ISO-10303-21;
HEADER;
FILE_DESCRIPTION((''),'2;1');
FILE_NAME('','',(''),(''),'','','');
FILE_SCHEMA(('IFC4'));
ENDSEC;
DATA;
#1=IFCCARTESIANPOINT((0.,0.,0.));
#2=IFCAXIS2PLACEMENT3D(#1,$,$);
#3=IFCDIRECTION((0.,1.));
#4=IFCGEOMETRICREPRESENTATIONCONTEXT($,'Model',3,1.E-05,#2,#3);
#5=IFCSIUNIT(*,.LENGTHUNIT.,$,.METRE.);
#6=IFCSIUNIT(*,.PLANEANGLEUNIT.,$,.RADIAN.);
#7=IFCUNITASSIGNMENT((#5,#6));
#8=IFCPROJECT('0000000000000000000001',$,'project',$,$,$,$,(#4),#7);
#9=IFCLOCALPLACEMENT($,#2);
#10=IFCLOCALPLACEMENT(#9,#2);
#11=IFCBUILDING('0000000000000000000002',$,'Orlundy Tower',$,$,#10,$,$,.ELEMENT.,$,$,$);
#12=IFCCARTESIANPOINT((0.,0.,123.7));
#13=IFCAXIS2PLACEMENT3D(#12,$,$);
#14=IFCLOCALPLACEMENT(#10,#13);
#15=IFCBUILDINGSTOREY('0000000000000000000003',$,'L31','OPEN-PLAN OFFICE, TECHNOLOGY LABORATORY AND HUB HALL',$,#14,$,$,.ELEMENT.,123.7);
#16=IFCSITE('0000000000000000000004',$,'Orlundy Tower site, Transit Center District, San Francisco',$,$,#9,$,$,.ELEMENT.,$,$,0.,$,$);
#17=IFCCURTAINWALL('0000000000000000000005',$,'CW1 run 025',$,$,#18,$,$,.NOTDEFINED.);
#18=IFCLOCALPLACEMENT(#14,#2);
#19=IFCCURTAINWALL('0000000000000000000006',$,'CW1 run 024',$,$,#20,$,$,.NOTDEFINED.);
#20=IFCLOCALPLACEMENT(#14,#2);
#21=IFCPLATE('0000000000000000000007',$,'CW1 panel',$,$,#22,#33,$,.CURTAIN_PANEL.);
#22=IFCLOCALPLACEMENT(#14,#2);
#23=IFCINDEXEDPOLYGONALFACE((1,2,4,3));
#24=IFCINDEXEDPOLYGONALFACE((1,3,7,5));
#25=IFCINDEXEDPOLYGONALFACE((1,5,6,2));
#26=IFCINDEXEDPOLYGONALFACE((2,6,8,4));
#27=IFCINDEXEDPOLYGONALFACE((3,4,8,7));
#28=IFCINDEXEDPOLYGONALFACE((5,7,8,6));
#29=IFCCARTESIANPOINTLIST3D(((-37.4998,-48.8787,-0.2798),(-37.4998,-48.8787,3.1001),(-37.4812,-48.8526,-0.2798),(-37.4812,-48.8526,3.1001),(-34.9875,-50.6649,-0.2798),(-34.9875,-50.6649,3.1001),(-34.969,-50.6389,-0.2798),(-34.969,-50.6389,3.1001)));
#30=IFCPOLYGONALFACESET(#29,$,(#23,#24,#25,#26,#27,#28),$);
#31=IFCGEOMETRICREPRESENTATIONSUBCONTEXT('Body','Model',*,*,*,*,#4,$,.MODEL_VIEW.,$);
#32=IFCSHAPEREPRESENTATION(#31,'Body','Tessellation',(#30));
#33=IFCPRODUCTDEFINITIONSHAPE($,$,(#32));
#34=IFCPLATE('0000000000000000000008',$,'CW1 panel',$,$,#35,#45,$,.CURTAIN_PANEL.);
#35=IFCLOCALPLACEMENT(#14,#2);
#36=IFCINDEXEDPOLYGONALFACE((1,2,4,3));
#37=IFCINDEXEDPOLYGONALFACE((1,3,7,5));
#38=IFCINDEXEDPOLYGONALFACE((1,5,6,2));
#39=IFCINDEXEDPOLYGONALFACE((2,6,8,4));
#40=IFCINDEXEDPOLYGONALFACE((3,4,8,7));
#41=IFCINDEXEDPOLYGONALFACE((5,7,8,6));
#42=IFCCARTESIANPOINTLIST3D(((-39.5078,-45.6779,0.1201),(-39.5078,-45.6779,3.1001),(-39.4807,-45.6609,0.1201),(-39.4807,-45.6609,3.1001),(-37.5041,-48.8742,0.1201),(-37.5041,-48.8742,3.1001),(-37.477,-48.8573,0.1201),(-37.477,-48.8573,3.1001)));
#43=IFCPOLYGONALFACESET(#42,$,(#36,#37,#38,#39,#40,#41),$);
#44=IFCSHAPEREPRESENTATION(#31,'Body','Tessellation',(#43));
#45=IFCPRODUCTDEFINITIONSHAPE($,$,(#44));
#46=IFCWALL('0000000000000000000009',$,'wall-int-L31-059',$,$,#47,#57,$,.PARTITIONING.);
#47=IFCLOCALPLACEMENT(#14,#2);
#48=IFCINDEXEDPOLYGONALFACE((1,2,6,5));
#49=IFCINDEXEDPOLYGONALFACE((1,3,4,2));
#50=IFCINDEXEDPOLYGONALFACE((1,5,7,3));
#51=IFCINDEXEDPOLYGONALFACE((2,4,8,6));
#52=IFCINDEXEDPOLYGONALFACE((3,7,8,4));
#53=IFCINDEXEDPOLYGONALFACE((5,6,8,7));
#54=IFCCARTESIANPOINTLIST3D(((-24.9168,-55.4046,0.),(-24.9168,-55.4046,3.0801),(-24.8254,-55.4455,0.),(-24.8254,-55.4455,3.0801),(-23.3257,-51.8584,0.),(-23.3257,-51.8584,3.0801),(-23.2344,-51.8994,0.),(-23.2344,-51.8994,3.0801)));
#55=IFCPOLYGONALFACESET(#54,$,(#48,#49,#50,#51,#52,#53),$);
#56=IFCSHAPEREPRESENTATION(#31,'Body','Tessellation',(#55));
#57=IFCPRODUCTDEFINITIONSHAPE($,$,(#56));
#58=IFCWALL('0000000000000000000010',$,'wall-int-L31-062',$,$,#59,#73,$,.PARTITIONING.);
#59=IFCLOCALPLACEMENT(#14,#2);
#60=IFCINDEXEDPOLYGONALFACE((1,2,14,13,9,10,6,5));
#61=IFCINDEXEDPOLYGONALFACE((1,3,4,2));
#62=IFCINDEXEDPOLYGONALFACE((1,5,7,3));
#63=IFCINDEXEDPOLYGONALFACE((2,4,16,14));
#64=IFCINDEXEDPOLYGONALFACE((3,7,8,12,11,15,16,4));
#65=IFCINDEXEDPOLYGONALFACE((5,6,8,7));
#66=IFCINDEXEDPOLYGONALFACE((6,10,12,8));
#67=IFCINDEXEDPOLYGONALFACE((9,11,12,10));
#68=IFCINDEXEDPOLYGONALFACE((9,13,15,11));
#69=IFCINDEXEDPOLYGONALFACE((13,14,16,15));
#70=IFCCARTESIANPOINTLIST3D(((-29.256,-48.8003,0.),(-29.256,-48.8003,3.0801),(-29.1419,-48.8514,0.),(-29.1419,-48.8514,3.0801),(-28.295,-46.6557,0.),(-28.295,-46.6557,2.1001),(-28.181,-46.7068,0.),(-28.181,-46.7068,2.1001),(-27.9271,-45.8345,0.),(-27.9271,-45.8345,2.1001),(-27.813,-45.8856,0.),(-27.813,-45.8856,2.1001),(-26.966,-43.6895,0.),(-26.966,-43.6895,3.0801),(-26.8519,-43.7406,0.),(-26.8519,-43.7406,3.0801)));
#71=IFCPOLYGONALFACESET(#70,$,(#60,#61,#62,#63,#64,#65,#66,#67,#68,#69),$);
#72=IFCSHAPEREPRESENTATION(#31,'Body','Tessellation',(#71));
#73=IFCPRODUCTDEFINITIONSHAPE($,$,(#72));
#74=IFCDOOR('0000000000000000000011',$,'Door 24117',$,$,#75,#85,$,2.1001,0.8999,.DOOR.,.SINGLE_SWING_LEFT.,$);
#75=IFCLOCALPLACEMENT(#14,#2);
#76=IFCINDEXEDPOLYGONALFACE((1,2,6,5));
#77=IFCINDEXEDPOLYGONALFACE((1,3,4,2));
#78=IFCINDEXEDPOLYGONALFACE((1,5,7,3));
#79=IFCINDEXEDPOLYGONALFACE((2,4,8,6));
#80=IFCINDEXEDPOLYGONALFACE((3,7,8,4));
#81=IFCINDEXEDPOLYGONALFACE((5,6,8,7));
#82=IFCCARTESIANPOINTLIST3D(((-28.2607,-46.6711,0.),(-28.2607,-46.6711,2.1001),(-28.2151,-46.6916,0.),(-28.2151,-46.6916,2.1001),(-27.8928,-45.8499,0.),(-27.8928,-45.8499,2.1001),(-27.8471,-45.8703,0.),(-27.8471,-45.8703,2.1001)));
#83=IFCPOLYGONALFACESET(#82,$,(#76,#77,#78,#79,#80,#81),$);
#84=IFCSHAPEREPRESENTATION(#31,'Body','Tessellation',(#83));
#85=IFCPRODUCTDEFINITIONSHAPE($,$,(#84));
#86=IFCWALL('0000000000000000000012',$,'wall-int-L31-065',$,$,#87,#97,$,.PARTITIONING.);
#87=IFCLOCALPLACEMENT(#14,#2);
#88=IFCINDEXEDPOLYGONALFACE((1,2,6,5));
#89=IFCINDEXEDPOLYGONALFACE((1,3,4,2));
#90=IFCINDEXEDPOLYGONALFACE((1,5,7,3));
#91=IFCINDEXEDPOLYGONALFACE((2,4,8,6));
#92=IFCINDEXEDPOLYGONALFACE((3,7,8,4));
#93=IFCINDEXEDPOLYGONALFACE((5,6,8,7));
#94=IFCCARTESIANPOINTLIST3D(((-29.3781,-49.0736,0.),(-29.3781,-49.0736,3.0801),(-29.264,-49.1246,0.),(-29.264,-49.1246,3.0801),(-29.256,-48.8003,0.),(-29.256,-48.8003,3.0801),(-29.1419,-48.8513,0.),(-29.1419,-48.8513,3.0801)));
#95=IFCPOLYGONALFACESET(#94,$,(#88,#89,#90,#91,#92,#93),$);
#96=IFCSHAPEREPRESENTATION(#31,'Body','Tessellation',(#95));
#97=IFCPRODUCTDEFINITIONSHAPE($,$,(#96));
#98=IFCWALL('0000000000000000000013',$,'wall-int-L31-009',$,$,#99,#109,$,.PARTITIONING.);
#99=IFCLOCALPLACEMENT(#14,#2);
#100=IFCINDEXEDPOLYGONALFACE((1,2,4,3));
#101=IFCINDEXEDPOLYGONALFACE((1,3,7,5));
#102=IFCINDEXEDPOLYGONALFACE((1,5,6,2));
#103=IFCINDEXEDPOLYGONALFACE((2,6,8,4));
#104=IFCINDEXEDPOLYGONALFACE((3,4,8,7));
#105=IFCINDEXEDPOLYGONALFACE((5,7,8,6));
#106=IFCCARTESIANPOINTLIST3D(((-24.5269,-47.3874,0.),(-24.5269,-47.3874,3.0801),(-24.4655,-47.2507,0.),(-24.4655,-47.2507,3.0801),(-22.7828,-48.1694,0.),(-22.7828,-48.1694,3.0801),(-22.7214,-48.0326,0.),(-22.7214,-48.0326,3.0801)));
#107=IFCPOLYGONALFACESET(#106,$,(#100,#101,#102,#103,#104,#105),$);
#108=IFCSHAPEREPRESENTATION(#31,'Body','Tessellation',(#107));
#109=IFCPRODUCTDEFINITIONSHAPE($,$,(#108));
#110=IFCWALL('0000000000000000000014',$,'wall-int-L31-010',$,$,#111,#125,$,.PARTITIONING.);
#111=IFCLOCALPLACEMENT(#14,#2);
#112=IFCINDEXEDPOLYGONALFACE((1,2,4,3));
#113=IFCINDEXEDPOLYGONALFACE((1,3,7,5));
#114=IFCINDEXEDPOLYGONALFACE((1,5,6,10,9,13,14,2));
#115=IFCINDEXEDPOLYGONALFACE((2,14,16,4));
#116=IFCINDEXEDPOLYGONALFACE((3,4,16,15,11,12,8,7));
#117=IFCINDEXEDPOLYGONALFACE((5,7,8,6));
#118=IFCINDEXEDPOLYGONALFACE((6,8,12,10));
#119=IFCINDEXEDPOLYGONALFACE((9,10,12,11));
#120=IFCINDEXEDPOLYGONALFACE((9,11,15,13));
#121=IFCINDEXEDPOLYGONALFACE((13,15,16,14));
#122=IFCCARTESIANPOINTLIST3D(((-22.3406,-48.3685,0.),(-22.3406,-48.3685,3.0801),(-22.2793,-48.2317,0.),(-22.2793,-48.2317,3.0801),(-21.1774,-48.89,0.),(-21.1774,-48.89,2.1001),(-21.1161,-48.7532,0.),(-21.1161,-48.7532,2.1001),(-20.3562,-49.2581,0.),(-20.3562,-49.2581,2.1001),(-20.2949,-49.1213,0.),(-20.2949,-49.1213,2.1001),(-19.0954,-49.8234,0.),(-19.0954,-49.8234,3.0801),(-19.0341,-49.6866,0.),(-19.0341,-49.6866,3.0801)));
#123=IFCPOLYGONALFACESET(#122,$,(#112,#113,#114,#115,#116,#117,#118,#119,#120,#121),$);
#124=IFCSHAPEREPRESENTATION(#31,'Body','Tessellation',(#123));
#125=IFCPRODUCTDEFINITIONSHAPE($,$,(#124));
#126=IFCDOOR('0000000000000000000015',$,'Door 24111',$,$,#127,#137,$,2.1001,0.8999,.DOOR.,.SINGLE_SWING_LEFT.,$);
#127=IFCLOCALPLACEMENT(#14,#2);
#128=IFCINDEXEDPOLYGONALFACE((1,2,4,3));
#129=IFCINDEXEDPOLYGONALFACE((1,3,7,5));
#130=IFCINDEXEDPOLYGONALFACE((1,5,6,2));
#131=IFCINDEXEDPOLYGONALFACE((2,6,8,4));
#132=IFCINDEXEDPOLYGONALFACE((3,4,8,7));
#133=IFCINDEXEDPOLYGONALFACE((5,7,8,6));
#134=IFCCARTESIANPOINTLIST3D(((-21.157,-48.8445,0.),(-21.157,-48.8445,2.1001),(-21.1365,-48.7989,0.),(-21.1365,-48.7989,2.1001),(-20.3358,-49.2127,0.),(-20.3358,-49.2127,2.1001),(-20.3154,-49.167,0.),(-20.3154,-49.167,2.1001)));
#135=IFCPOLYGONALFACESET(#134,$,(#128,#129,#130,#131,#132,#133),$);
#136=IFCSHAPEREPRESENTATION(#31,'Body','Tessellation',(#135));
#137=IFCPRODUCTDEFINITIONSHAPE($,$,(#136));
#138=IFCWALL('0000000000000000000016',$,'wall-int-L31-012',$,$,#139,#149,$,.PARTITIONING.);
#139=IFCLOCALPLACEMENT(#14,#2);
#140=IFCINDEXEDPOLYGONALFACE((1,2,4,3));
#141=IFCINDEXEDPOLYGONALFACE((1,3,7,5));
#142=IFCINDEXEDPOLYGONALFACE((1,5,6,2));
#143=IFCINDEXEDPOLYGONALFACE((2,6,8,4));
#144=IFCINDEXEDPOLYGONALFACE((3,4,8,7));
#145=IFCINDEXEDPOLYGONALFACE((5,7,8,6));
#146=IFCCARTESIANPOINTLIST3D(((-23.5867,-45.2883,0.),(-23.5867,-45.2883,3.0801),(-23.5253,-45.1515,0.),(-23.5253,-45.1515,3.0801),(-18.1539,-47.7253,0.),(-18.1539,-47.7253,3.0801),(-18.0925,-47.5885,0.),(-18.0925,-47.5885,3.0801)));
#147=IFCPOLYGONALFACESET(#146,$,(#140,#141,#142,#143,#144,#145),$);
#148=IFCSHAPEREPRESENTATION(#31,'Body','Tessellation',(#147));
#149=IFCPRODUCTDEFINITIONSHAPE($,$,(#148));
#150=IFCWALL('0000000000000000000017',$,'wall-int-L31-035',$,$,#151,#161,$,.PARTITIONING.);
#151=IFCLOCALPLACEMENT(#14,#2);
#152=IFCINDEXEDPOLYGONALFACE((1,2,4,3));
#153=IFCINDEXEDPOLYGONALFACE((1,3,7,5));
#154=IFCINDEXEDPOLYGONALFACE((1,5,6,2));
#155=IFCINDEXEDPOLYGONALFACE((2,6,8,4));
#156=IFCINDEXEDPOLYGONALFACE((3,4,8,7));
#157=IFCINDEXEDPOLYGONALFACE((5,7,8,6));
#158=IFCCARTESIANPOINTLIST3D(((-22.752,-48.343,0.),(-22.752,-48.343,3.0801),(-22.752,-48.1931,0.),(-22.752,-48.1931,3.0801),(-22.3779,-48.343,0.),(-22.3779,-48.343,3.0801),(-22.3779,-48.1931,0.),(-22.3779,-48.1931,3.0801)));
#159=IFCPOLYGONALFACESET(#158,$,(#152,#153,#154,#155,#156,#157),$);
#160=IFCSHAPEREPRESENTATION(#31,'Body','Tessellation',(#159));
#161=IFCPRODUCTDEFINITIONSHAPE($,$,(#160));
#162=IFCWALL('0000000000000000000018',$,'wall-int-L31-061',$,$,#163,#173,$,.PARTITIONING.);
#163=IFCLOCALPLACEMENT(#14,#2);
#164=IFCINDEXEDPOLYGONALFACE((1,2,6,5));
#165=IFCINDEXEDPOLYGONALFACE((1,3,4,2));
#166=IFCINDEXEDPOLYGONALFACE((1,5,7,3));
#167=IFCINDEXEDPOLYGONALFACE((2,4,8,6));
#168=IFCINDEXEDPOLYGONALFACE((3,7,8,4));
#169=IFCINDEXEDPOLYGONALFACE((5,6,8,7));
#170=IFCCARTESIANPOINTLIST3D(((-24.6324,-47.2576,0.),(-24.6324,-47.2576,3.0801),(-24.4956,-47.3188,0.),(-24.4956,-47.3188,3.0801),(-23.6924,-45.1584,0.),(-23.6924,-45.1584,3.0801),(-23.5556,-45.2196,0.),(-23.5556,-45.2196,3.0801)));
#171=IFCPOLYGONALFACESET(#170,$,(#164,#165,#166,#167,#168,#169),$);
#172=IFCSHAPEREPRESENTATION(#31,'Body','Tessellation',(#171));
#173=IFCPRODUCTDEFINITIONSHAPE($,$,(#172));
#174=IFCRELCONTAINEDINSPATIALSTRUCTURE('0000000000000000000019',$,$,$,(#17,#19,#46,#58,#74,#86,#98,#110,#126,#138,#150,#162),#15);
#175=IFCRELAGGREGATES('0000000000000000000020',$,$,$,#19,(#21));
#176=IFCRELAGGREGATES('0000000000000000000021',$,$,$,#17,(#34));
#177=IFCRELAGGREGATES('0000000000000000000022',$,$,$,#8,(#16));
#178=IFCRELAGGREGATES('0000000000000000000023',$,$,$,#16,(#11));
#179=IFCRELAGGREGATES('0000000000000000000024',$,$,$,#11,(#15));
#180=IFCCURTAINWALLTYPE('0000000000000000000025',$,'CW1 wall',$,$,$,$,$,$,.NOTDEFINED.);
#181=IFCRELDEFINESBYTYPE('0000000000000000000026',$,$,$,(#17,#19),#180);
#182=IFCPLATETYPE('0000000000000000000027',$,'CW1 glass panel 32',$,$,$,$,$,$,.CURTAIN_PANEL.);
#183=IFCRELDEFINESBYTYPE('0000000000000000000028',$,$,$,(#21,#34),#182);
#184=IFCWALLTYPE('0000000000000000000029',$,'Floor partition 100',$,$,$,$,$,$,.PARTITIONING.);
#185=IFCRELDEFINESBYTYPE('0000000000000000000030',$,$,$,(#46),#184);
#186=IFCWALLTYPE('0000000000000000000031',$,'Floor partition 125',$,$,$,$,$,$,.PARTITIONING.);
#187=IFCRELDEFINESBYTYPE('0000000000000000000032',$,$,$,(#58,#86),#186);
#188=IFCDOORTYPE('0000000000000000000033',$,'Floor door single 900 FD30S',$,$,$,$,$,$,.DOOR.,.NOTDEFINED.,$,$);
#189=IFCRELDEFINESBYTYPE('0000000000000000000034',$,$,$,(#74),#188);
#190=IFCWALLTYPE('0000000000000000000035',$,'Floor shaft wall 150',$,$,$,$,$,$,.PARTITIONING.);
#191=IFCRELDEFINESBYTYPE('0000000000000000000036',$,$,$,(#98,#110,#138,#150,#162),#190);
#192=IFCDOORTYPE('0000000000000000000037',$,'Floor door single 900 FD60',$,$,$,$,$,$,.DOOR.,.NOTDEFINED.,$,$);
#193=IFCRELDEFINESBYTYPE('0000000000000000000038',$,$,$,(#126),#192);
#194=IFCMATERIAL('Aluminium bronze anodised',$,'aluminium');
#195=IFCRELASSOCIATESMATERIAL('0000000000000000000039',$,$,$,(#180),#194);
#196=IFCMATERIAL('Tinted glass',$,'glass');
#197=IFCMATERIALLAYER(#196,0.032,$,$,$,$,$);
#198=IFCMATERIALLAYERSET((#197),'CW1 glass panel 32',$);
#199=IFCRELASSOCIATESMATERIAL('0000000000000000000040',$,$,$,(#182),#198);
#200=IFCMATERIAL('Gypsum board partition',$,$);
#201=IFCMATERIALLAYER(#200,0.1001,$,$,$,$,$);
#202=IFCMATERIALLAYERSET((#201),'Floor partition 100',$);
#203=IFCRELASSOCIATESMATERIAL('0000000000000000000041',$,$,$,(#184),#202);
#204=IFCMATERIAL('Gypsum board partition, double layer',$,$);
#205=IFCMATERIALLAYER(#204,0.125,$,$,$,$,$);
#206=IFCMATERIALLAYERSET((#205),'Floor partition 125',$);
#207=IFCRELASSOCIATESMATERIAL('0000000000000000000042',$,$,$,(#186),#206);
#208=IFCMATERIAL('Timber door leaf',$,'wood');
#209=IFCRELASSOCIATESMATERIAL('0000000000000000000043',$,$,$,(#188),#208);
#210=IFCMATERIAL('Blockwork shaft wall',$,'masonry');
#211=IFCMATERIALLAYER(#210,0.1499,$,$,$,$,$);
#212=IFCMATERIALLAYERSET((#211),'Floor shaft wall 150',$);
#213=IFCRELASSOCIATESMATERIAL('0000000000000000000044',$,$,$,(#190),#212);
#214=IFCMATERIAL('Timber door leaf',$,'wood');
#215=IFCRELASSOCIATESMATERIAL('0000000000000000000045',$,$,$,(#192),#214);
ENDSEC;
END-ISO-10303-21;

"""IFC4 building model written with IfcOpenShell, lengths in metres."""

from ifc_helpers import new_model, si_unit, direction, frame, frame_2d, origin, origin_2d, place, context, subcontext, project, spatial, rectangle, extrude, material, layer, layer_set, type_object, element, fill, aggregate, save


model = new_model("IFC4")

# Units and contexts
model_context = context("Model", 3, precision=1e-05, world=origin(), true_north=direction((0.0, 1.0)))
body_context = subcontext(model_context, "Body", "Model", "MODEL_VIEW")
ifc_project = project(units=[si_unit("LENGTHUNIT", "METRE"), si_unit("PLANEANGLEUNIT", "RADIAN")], contexts=[model_context])

# Site, building, storey
site_placement = place(None, origin())
site = spatial("IfcSite", under=ifc_project, at=site_placement, Name="Orlundy Tower site, Transit Center District, San Francisco", CompositionType="ELEMENT", RefElevation=0.0)
building_placement = place(site_placement, origin())
building = spatial("IfcBuilding", under=site, at=building_placement, Name="Orlundy Tower", CompositionType="ELEMENT")
storey_placement = place(building_placement, frame((0.0, 0.0, 123.7)))
storey = spatial("IfcBuildingStorey", under=building, at=storey_placement, Name="L31", Description="OPEN-PLAN OFFICE, TECHNOLOGY LABORATORY AND HUB HALL", CompositionType="ELEMENT", Elevation=123.7)

# Curtain wall
ifc_material_1 = material(Name="Aluminium bronze anodised", Category="aluminium")
curtain_wall_type = type_object("IfcCurtainWallType", Name="CW1 wall", PredefinedType="NOTDEFINED", material=ifc_material_1)
curtain_wall_1_placement = place(storey_placement, origin())
curtain_wall_1 = element("IfcCurtainWall", 1, at=curtain_wall_1_placement, inside=storey, type_object=curtain_wall_type, Name="CW1 run 025", PredefinedType="NOTDEFINED")

# Curtain wall
curtain_wall_2_placement = place(storey_placement, origin())
curtain_wall_2 = element("IfcCurtainWall", 2, at=curtain_wall_2_placement, inside=storey, type_object=curtain_wall_type, Name="CW1 run 024", PredefinedType="NOTDEFINED")

# Plates
ifc_material_2 = material(Name="Tinted glass", Category="glass")
ifc_layer_1 = layer(ifc_material_2, 0.032)
ifc_layer_set_1 = layer_set([ifc_layer_1], Name="CW1 glass panel 32")
plate_type = type_object("IfcPlateType", Name="CW1 glass panel 32", PredefinedType="CURTAIN_PANEL", material=ifc_layer_set_1)
plate_1_placement = place(storey_placement, frame((-36.2344, -49.7588, -0.2798), z_axis=(0.0, 0.0, 1.0), x_axis=(-0.814989, 0.579476, 0.0)))
plate_1 = element("IfcPlate", 3, at=plate_1_placement, type_object=plate_type, Name="CW1 panel", PredefinedType="CURTAIN_PANEL", context=body_context, shape_type="SweptSolid", body=[
    extrude(rectangle(XDim=3.0825, YDim=0.032, at=origin_2d()), origin(), (0.0, 0.0, 1.0), 3.3799),
])
aggregate(curtain_wall_2, [plate_1])
plate_2_placement = place(storey_placement, frame((-38.4924, -47.2676, 0.1201), z_axis=(0.0, 0.0, 1.0), x_axis=(-0.531138, 0.847285, 0.0)))
plate_2 = element("IfcPlate", 4, at=plate_2_placement, type_object=plate_type, Name="CW1 panel", PredefinedType="CURTAIN_PANEL", context=body_context, shape_type="SweptSolid", body=[
    extrude(rectangle(XDim=3.7725, YDim=0.032, at=origin_2d()), origin(), (0.0, 0.0, 1.0), 2.98),
])
aggregate(curtain_wall_1, [plate_2])

# Wall
ifc_material_3 = material(Name="Gypsum board partition")
ifc_layer_2 = layer(ifc_material_3, 0.1001)
ifc_layer_set_2 = layer_set([ifc_layer_2], Name="Floor partition 100")
wall_type_1 = type_object("IfcWallType", Name="Floor partition 100", PredefinedType="PARTITIONING", material=ifc_layer_set_2)
wall_1_placement = place(storey_placement, frame((-24.8711, -55.425, 0.0), z_axis=(0.0, 0.0, 1.0), x_axis=(0.409359, 0.912373, 0.0)))
element("IfcWall", 5, at=wall_1_placement, inside=storey, type_object=wall_type_1, Name="wall-int-L31-059", PredefinedType="PARTITIONING", context=body_context, shape_type="SweptSolid", body=[
    extrude(rectangle(XDim=3.8867, YDim=0.1001, at=frame_2d((1.9434, 0.0))), origin(), (0.0, 0.0, 1.0), 3.0801),
])

# Wall, opening, door
ifc_material_4 = material(Name="Gypsum board partition, double layer")
ifc_layer_3 = layer(ifc_material_4, 0.125)
ifc_layer_set_3 = layer_set([ifc_layer_3], Name="Floor partition 125")
wall_type_2 = type_object("IfcWallType", Name="Floor partition 125", PredefinedType="PARTITIONING", material=ifc_layer_set_3)
wall_2_placement = place(storey_placement, frame((-29.199, -48.8259, 0.0), z_axis=(0.0, 0.0, 1.0), x_axis=(0.408903, 0.912578, 0.0)))
wall_2 = element("IfcWall", 6, at=wall_2_placement, inside=storey, type_object=wall_type_2, Name="wall-int-L31-062", PredefinedType="PARTITIONING", context=body_context, shape_type="SweptSolid", body=[
    extrude(rectangle(XDim=5.6003, YDim=0.125, at=frame_2d((2.8003, 0.0))), origin(), (0.0, 0.0, 1.0), 3.0801),
])
opening_1_placement = place(wall_2_placement, frame((2.3501, 0.0, 0.0)))
opening_1 = element("IfcOpeningElement", 7, at=opening_1_placement, cuts=wall_2, PredefinedType="OPENING", context=body_context, shape_type="SweptSolid", body=[
    extrude(rectangle(XDim=0.8999, YDim=2.1001, at=frame_2d((0.45, 1.05))), frame((0.0, 0.0725, 0.0), z_axis=(0.0, -1.0, 0.0), x_axis=(1.0, 0.0, 0.0)), (0.0, 0.0, 1.0), 0.145),
])
ifc_material_5 = material(Name="Timber door leaf", Category="wood")
door_type_1 = type_object("IfcDoorType", Name="Floor door single 900 FD30S", OperationType="NOTDEFINED", PredefinedType="DOOR", material=ifc_material_5)
door_1_placement = place(opening_1_placement, origin())
door_1 = element("IfcDoor", 8, at=door_1_placement, inside=storey, type_object=door_type_1, Name="Door 24117", OperationType="SINGLE_SWING_LEFT", OverallHeight=2.1001, OverallWidth=0.8999, PredefinedType="DOOR", context=body_context, shape_type="SweptSolid", body=[
    extrude(rectangle(XDim=0.8999, YDim=2.1001, at=frame_2d((0.45, 1.05))), frame((0.0, 0.0249, 0.0), z_axis=(0.0, -1.0, 0.0), x_axis=(1.0, 0.0, 0.0)), (0.0, 0.0, 1.0), 0.05),
])
fill(opening_1, door_1)

# Walls
wall_3_placement = place(storey_placement, frame((-29.321, -49.0991, 0.0), z_axis=(0.0, 0.0, 1.0), x_axis=(0.407955, 0.913002, 0.0)))
element("IfcWall", 9, at=wall_3_placement, inside=storey, type_object=wall_type_2, Name="wall-int-L31-065", PredefinedType="PARTITIONING", context=body_context, shape_type="SweptSolid", body=[
    extrude(rectangle(XDim=0.2993, YDim=0.125, at=frame_2d((0.1497, 0.0))), origin(), (0.0, 0.0, 1.0), 3.0801),
])
ifc_material_6 = material(Name="Blockwork shaft wall", Category="masonry")
ifc_layer_4 = layer(ifc_material_6, 0.1499)
ifc_layer_set_4 = layer_set([ifc_layer_4], Name="Floor shaft wall 150")
wall_type_3 = type_object("IfcWallType", Name="Floor shaft wall 150", PredefinedType="PARTITIONING", material=ifc_layer_set_4)
wall_4_placement = place(storey_placement, frame((-24.4961, -47.3191, 0.0), z_axis=(0.0, 0.0, 1.0), x_axis=(0.912485, -0.409111, 0.0)))
element("IfcWall", 10, at=wall_4_placement, inside=storey, type_object=wall_type_3, Name="wall-int-L31-009", PredefinedType="PARTITIONING", context=body_context, shape_type="SweptSolid", body=[
    extrude(rectangle(XDim=1.9114, YDim=0.1499, at=frame_2d((0.9556, 0.0))), origin(), (0.0, 0.0, 1.0), 3.0801),
])

# Wall, opening, door
wall_5_placement = place(storey_placement, frame((-22.3101, -48.3, 0.0), z_axis=(0.0, 0.0, 1.0), x_axis=(0.912496, -0.409085, 0.0)))
wall_5 = element("IfcWall", 11, at=wall_5_placement, inside=storey, type_object=wall_type_3, Name="wall-int-L31-010", PredefinedType="PARTITIONING", context=body_context, shape_type="SweptSolid", body=[
    extrude(rectangle(XDim=3.5564, YDim=0.1499, at=frame_2d((1.7783, 0.0))), origin(), (0.0, 0.0, 1.0), 3.0801),
])
opening_2_placement = place(wall_5_placement, frame((1.2749, 0.0, 0.0)))
opening_2 = element("IfcOpeningElement", 12, at=opening_2_placement, cuts=wall_5, PredefinedType="OPENING", context=body_context, shape_type="SweptSolid", body=[
    extrude(rectangle(XDim=0.8999, YDim=2.1001, at=frame_2d((0.45, 1.05))), frame((0.0, 0.085, 0.0), z_axis=(0.0, -1.0, 0.0), x_axis=(1.0, 0.0, 0.0)), (0.0, 0.0, 1.0), 0.1699),
])
ifc_material_7 = material(Name="Timber door leaf", Category="wood")
door_type_2 = type_object("IfcDoorType", Name="Floor door single 900 FD60", OperationType="NOTDEFINED", PredefinedType="DOOR", material=ifc_material_7)
door_2_placement = place(opening_2_placement, origin())
door_2 = element("IfcDoor", 13, at=door_2_placement, inside=storey, type_object=door_type_2, Name="Door 24111", OperationType="SINGLE_SWING_LEFT", OverallHeight=2.1001, OverallWidth=0.8999, PredefinedType="DOOR", context=body_context, shape_type="SweptSolid", body=[
    extrude(rectangle(XDim=0.8999, YDim=2.1001, at=frame_2d((0.45, 1.05))), frame((0.0, 0.0249, 0.0), z_axis=(0.0, -1.0, 0.0), x_axis=(1.0, 0.0, 0.0)), (0.0, 0.0, 1.0), 0.05),
])
fill(opening_2, door_2)

# Walls
wall_6_placement = place(storey_placement, frame((-23.5559, -45.22, 0.0), z_axis=(0.0, 0.0, 1.0), x_axis=(0.91241, -0.409278, 0.0)))
element("IfcWall", 14, at=wall_6_placement, inside=storey, type_object=wall_type_3, Name="wall-int-L31-012", PredefinedType="PARTITIONING", context=body_context, shape_type="SweptSolid", body=[
    extrude(rectangle(XDim=5.9543, YDim=0.1499, at=frame_2d((2.9771, 0.0))), origin(), (0.0, 0.0, 1.0), 3.0801),
])
wall_7_placement = place(storey_placement, frame((-22.752, -48.2681, 0.0), z_axis=(0.0, 0.0, 1.0), x_axis=(1.0, 0.0, 0.0)))
element("IfcWall", 15, at=wall_7_placement, inside=storey, type_object=wall_type_3, Name="wall-int-L31-035", PredefinedType="PARTITIONING", context=body_context, shape_type="SweptSolid", body=[
    extrude(rectangle(XDim=0.374, YDim=0.1499, at=frame_2d((0.187, 0.0))), origin(), (0.0, 0.0, 1.0), 3.0801),
])
wall_8_placement = place(storey_placement, frame((-24.564, -47.2881, 0.0), z_axis=(0.0, 0.0, 1.0), x_axis=(0.408678, 0.912679, 0.0)))
element("IfcWall", 16, at=wall_8_placement, inside=storey, type_object=wall_type_3, Name="wall-int-L31-061", PredefinedType="PARTITIONING", context=body_context, shape_type="SweptSolid", body=[
    extrude(rectangle(XDim=2.3, YDim=0.1499, at=frame_2d((1.1499, 0.0))), origin(), (0.0, 0.0, 1.0), 3.0801),
])

save(model, "model.ifc")
